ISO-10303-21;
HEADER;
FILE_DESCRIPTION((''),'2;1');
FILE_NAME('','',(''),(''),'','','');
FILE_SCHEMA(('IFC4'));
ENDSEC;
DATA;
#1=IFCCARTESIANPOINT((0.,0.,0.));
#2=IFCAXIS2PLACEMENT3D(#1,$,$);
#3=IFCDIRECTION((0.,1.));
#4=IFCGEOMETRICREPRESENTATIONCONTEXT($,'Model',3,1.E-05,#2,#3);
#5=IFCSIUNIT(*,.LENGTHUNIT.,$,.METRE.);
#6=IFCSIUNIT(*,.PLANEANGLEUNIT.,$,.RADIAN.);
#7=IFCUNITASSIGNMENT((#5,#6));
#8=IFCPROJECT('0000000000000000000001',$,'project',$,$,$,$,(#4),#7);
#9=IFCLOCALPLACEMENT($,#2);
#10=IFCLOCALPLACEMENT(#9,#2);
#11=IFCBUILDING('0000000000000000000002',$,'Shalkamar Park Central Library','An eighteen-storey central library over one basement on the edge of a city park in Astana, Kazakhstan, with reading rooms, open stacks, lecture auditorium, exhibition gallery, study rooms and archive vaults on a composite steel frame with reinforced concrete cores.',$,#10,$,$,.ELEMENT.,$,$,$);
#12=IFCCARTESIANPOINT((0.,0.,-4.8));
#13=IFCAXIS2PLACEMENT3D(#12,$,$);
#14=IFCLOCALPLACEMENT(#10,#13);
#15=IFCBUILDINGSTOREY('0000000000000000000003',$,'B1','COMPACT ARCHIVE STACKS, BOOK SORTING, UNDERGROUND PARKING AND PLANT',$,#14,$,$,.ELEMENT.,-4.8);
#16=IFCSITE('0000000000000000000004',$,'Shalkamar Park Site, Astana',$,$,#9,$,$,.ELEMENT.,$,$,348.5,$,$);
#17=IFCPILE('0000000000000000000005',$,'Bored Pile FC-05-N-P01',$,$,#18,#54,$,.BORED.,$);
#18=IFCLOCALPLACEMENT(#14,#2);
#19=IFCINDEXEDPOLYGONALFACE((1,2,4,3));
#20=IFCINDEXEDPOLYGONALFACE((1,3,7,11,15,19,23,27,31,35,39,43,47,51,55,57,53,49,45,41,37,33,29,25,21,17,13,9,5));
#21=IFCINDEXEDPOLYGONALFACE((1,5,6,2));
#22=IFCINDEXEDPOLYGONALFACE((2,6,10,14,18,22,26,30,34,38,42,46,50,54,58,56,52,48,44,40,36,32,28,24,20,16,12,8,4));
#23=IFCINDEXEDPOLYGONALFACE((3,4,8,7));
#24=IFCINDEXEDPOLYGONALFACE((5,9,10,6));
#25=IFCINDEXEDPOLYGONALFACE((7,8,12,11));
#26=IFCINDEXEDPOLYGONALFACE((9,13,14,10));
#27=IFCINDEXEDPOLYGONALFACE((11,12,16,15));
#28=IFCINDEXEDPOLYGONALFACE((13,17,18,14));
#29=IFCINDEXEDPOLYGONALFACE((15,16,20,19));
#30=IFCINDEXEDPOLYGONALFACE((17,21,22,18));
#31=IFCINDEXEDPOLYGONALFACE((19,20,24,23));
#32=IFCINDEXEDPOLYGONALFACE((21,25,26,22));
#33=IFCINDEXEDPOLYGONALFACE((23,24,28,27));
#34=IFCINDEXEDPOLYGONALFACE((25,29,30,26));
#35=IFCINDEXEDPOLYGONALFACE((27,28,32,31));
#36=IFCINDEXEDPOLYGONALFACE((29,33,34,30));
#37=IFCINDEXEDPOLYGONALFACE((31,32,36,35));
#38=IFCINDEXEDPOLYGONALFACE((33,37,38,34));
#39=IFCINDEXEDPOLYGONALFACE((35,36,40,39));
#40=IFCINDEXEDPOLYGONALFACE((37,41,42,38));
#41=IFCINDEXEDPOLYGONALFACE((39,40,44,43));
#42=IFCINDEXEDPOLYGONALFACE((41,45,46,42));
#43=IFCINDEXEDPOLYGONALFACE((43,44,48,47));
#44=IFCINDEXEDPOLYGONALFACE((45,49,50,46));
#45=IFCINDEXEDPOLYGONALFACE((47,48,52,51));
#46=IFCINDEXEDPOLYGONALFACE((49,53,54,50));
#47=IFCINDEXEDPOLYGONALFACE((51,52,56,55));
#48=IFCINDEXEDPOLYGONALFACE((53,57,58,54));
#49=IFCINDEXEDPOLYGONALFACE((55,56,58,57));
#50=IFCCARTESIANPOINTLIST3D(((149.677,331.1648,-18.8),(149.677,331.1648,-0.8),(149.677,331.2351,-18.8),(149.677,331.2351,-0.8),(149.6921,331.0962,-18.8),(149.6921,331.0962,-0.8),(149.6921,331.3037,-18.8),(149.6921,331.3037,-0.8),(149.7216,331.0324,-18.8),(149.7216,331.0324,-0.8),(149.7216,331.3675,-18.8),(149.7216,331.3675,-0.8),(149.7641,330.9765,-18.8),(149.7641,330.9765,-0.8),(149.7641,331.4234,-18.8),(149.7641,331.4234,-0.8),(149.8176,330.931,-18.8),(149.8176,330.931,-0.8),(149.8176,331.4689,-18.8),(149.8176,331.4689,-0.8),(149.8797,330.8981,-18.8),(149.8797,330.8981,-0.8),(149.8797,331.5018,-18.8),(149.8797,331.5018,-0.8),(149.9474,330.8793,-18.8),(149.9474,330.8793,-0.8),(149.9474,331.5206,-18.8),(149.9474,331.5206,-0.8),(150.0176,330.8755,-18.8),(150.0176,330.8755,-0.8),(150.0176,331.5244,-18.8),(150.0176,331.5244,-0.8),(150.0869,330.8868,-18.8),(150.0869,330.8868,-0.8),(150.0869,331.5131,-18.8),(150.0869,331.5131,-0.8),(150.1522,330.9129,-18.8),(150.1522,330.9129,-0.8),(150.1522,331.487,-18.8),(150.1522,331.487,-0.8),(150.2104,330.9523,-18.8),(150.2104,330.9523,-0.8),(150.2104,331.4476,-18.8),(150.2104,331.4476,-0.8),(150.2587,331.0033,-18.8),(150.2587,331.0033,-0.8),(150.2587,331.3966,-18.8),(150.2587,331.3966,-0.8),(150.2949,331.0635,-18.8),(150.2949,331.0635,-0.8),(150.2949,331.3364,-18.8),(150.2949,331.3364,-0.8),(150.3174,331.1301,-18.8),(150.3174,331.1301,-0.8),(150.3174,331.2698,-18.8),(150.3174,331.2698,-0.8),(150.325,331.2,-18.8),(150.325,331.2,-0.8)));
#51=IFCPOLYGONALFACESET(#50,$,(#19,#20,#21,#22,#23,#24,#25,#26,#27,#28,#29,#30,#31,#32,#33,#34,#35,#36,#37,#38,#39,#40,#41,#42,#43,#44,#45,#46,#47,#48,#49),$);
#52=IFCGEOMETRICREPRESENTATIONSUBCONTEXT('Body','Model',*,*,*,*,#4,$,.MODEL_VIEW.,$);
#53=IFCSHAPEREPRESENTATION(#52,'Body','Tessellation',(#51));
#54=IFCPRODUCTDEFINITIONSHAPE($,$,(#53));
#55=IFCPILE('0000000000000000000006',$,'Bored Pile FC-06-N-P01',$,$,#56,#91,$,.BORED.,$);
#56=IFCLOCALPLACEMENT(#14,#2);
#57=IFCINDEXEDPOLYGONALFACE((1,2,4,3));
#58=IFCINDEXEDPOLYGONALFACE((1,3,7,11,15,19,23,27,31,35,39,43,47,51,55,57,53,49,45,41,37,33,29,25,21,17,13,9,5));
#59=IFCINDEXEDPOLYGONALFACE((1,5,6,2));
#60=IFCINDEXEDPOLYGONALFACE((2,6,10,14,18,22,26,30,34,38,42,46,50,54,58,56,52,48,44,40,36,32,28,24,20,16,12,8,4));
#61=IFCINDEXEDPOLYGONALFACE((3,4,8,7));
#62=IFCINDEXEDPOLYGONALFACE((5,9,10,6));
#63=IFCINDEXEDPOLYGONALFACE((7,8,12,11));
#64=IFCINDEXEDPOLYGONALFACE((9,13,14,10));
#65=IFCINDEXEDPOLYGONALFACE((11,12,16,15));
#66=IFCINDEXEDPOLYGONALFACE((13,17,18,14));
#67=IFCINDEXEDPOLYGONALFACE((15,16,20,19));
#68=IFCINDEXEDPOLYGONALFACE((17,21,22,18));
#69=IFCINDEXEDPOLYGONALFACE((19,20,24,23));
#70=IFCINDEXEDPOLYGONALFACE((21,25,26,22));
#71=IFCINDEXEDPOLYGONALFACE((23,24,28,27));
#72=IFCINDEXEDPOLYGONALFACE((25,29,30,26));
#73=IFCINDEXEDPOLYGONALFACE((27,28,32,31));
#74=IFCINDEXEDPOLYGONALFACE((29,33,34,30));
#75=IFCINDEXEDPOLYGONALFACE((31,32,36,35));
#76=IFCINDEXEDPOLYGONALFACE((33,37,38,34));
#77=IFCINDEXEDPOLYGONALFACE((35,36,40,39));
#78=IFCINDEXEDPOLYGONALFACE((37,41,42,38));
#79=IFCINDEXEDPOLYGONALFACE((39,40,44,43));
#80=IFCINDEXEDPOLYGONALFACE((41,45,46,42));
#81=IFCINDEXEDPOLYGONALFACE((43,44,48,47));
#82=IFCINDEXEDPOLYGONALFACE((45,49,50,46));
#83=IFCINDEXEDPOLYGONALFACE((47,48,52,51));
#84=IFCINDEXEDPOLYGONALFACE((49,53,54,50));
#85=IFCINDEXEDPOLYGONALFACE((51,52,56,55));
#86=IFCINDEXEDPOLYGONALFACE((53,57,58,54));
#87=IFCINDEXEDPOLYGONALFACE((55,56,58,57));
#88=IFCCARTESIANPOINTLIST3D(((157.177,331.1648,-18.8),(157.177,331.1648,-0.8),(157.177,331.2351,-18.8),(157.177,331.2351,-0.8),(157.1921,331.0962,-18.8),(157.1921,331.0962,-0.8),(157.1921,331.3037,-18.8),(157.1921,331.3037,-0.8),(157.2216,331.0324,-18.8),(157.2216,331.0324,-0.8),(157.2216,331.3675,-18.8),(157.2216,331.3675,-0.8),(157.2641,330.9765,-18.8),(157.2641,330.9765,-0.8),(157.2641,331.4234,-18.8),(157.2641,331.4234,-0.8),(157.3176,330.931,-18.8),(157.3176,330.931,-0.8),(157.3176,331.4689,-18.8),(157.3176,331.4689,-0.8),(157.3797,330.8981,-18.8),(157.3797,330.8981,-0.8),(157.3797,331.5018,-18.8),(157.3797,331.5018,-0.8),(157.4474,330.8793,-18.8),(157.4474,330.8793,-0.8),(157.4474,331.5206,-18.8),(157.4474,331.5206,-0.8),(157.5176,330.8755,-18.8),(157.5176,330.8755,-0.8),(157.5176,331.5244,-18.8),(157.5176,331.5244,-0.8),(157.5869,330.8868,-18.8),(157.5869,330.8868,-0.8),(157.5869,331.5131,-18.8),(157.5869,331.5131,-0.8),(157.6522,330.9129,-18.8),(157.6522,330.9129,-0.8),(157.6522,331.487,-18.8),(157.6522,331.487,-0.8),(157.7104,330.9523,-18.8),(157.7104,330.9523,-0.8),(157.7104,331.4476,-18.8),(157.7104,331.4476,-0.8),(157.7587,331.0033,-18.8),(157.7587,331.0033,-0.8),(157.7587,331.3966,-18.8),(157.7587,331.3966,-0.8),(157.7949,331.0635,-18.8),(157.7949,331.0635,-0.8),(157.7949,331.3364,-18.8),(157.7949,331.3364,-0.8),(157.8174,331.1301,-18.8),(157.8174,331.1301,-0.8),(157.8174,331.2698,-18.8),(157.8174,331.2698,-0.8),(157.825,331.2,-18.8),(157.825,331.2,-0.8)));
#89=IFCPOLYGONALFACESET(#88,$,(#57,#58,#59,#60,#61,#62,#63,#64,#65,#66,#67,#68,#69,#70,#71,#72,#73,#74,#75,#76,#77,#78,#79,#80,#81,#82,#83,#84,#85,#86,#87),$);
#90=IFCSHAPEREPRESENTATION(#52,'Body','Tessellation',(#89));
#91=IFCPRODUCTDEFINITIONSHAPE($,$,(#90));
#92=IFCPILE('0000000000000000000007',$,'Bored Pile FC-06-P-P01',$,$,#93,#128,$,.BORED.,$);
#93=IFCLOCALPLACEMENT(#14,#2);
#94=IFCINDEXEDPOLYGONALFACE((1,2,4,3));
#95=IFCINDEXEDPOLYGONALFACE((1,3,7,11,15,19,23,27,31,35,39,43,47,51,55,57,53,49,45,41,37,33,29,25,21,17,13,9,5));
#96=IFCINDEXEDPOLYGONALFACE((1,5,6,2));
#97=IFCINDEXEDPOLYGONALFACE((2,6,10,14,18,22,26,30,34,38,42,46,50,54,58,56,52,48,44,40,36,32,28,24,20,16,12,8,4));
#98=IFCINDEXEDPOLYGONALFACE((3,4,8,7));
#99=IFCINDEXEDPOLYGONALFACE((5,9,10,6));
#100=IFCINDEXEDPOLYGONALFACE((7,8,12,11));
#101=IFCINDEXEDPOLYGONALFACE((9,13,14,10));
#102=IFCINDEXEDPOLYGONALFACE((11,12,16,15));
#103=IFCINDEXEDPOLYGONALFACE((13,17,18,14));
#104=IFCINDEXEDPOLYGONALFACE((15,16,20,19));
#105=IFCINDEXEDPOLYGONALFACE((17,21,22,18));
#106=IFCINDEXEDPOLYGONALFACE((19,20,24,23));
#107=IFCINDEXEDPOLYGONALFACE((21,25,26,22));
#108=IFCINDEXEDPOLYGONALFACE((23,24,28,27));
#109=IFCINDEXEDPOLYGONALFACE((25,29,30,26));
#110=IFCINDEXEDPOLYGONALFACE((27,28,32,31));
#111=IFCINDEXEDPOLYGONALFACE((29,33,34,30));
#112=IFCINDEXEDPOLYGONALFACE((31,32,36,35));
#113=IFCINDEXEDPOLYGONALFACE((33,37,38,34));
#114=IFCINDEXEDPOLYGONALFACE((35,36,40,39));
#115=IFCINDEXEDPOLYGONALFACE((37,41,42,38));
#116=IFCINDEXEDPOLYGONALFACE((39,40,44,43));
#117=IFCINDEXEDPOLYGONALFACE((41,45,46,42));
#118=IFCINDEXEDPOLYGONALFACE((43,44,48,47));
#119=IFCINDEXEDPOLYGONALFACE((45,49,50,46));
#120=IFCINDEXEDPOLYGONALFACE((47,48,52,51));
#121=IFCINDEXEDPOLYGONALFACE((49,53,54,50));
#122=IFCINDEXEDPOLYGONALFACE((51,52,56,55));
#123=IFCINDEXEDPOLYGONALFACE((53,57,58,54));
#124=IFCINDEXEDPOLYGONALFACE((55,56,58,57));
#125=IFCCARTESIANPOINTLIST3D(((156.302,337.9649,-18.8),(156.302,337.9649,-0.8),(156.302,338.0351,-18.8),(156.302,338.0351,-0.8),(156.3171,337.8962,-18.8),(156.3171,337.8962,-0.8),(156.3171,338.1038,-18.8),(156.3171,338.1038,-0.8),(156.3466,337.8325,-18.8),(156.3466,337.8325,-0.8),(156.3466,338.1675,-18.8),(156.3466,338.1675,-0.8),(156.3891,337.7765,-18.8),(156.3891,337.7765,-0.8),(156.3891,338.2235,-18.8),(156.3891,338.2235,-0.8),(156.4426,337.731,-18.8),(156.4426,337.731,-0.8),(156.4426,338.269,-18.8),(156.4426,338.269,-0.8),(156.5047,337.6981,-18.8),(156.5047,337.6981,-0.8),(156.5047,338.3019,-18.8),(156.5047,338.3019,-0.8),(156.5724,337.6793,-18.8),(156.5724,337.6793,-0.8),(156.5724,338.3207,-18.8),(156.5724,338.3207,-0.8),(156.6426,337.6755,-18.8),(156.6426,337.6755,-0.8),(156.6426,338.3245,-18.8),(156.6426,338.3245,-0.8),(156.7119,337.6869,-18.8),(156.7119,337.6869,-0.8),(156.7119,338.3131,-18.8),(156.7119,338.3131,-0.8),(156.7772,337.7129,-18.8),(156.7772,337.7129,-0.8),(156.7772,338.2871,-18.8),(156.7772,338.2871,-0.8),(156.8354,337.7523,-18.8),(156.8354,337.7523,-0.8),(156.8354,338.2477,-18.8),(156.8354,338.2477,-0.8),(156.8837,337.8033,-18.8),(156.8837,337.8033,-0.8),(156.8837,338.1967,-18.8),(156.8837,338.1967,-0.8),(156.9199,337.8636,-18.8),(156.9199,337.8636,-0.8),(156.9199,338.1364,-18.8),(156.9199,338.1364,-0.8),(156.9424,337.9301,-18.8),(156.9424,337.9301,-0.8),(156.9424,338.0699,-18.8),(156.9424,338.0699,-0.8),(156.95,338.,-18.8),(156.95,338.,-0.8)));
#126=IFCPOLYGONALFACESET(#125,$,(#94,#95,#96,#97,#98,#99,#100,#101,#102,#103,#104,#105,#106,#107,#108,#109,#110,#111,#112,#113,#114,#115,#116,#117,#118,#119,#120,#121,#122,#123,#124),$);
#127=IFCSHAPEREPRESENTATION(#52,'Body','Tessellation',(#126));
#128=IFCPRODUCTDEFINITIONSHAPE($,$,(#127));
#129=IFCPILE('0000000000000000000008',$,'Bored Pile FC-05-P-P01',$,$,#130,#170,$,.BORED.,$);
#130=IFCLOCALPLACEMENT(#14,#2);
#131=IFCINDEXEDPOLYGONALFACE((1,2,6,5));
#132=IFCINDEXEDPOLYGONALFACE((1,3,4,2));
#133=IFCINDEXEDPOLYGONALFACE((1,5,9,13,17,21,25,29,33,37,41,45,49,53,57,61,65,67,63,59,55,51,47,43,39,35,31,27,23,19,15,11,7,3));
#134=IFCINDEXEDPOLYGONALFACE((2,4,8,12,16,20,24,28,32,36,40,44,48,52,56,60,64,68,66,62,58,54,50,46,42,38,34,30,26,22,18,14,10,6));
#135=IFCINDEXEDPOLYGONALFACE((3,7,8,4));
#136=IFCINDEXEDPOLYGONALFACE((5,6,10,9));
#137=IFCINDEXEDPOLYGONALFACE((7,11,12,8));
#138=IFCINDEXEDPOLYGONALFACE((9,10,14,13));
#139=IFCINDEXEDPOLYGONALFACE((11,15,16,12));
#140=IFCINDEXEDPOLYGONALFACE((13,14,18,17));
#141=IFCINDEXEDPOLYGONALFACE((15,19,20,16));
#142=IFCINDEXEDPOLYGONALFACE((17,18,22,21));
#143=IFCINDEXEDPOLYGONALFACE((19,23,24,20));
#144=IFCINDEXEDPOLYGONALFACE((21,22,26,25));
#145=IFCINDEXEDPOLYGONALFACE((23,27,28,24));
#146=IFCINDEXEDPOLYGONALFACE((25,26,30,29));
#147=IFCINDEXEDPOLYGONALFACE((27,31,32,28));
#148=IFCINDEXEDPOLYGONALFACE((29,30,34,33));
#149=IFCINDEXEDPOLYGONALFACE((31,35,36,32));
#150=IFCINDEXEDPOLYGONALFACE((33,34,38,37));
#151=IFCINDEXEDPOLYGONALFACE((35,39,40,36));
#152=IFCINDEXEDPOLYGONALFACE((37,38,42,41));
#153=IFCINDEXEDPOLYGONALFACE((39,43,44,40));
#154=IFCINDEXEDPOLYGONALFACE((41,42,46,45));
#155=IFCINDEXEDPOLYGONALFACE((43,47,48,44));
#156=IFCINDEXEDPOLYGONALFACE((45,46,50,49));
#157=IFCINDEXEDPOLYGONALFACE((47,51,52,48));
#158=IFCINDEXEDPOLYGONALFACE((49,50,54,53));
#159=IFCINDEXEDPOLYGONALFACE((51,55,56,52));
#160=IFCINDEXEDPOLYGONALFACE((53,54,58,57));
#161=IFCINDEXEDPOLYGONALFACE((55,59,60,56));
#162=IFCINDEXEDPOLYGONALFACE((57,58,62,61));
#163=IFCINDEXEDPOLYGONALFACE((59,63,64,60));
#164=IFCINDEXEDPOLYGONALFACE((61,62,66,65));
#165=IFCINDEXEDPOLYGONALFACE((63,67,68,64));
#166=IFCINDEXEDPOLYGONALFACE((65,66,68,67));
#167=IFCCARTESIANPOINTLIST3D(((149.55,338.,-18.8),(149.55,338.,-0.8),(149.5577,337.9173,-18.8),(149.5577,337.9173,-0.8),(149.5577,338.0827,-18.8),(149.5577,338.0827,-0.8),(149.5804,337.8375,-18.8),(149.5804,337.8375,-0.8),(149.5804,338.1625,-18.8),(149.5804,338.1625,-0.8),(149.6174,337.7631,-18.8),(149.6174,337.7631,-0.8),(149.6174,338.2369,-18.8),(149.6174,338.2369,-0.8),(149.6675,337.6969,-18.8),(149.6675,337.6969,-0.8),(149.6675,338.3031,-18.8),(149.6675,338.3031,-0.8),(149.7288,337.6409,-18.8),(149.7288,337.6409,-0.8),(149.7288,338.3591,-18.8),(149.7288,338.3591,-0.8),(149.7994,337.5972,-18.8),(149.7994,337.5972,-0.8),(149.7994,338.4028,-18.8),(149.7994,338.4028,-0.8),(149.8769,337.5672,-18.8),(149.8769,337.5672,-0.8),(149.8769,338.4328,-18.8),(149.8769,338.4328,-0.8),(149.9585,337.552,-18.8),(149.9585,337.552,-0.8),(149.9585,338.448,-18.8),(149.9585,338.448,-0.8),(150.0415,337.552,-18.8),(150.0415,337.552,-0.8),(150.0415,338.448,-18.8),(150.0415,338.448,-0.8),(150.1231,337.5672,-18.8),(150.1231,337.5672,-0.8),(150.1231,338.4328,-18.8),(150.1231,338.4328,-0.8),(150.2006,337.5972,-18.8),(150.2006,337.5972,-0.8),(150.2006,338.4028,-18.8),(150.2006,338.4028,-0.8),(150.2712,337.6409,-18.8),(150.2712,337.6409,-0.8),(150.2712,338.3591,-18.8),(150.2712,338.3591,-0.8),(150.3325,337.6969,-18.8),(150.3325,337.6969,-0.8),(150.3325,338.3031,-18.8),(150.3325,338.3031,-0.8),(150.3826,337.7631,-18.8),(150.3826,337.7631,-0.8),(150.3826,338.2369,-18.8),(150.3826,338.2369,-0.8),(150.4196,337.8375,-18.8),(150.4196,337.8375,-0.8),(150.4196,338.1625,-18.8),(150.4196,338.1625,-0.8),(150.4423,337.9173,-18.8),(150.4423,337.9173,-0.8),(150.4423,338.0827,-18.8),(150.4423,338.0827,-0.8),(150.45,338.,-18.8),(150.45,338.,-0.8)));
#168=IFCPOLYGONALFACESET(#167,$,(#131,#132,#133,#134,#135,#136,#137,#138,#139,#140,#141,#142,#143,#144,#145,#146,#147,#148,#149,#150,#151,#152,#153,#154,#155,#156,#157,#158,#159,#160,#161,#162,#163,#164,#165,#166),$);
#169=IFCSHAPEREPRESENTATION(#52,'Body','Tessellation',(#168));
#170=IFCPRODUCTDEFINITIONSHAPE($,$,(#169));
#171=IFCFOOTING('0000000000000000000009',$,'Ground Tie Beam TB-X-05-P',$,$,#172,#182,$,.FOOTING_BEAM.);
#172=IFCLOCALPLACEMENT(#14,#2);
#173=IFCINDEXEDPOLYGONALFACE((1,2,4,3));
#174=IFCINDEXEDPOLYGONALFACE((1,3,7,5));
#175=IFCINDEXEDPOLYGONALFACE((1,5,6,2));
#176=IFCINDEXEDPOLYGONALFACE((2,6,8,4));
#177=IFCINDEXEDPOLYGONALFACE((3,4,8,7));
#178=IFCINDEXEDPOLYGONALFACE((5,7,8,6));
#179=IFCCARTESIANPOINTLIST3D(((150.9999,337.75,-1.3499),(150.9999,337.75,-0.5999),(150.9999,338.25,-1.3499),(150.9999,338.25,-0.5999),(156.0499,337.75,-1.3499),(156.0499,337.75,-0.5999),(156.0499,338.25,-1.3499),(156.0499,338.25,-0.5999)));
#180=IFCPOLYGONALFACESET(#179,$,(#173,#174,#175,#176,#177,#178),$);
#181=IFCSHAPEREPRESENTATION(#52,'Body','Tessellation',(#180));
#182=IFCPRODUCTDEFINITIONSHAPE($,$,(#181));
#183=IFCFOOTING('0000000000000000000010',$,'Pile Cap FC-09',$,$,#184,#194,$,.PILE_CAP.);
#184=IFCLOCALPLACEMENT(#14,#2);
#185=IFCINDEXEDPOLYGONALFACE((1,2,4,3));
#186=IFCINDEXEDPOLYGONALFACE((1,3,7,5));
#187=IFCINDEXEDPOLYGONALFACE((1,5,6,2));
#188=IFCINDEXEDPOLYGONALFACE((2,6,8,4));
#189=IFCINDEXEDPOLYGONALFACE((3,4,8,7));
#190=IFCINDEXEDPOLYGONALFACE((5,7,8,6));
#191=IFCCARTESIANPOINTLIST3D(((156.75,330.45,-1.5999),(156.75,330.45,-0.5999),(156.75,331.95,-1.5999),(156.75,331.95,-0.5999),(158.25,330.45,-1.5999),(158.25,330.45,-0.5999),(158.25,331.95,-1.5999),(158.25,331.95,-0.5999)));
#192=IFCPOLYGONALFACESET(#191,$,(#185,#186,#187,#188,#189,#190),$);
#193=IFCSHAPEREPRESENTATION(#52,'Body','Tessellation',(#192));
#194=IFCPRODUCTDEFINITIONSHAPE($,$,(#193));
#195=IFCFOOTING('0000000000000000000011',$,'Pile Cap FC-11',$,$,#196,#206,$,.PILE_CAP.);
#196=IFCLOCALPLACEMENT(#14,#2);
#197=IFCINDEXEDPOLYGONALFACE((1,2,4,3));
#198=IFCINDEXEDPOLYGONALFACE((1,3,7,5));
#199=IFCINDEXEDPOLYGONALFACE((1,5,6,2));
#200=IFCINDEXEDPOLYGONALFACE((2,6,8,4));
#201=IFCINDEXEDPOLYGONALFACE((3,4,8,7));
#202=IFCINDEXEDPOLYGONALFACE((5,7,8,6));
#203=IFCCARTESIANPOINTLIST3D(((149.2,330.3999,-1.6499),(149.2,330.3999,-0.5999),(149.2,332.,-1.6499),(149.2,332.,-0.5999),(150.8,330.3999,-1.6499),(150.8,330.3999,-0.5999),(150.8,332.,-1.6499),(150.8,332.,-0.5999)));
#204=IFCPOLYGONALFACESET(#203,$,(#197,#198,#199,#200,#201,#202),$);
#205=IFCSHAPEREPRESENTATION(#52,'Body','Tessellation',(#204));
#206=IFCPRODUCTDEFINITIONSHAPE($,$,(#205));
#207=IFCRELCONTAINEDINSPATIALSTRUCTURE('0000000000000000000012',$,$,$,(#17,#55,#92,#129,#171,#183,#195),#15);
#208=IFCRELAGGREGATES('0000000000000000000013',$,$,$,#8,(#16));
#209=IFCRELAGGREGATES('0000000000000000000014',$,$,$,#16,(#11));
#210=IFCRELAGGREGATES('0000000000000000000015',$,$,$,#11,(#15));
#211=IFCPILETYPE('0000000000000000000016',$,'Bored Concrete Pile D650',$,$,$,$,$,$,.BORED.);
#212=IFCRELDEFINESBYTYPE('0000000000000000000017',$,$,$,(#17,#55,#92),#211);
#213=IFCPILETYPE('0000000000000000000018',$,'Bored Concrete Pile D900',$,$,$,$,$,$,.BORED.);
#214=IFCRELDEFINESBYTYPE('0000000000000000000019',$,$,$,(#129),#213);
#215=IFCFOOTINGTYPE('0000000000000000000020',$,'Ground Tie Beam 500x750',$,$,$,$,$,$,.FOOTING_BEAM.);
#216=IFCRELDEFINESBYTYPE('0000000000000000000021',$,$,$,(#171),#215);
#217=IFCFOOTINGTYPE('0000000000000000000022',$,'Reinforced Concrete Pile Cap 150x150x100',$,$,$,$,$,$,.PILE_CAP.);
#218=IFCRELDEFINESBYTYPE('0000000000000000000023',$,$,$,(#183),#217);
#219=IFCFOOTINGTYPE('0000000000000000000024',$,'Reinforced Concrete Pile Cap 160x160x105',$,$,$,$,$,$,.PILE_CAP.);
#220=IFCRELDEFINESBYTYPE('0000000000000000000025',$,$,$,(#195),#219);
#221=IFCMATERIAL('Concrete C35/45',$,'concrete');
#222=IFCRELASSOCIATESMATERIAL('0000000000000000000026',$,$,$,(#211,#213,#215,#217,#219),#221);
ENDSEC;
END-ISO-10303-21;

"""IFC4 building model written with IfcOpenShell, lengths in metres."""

from ifc_helpers import new_model, si_unit, direction, frame, origin, origin_2d, place, context, subcontext, project, spatial, rectangle, circle, extrude, material, material_profile, profile_set, type_object, element, save


model = new_model("IFC4")

# Units and contexts
model_context = context("Model", 3, precision=1e-05, world=origin(), true_north=direction((0.0, 1.0)))
body_context = subcontext(model_context, "Body", "Model", "MODEL_VIEW")
ifc_project = project(units=[si_unit("LENGTHUNIT", "METRE"), si_unit("PLANEANGLEUNIT", "RADIAN")], contexts=[model_context])

# Site, building, storey
site_placement = place(None, origin())
site = spatial("IfcSite", under=ifc_project, at=site_placement, Name="Shalkamar Park Site, Astana", CompositionType="ELEMENT", RefElevation=348.5)
building_placement = place(site_placement, origin())
building = spatial("IfcBuilding", under=site, at=building_placement, Name="Shalkamar Park Central Library", Description="An eighteen-storey central library over one basement on the edge of a city park in Astana, Kazakhstan, with reading rooms, open stacks, lecture auditorium, exhibition gallery, study rooms and archive vaults on a composite steel frame with reinforced concrete cores.", CompositionType="ELEMENT")
storey_placement = place(building_placement, frame((0.0, 0.0, -4.8)))
storey = spatial("IfcBuildingStorey", under=building, at=storey_placement, Name="B1", Description="COMPACT ARCHIVE STACKS, BOOK SORTING, UNDERGROUND PARKING AND PLANT", CompositionType="ELEMENT", Elevation=-4.8)

# Piles
ifc_material_1 = material(Name="Concrete C35/45", Category="concrete")
ifc_material_profile_1 = material_profile(ifc_material_1, circle(Radius=0.325, at=origin_2d()), Name="PILE D650")
ifc_profile_set_1 = profile_set([ifc_material_profile_1], Name="Concrete C35/45")
pile_type_1 = type_object("IfcPileType", Name="Bored Concrete Pile D650", PredefinedType="BORED", material=ifc_profile_set_1)
for number, where, z_axis, x_axis, name in (
    (1, (150.0, 331.2, -0.8), (0.0, 0.0, -1.0), (1.0, 0.0, 0.0), "Bored Pile FC-05-N-P01"),
    (2, (157.5, 331.2, -0.8), (0.0, 0.0, -1.0), (1.0, 0.0, 0.0), "Bored Pile FC-06-N-P01"),
    (3, (156.625, 338.0, -0.8), (0.0, 0.0, -1.0), (1.0, 0.0, 0.0), "Bored Pile FC-06-P-P01"),
):
    element("IfcPile", number, at=place(storey_placement, frame(where, z_axis=z_axis, x_axis=x_axis)), inside=storey, type_object=pile_type_1, Name=name, PredefinedType="BORED", context=body_context, shape_type="SweptSolid", body=[
        extrude(circle(Radius=0.325, at=origin_2d()), origin(), (0.0, 0.0, 1.0), 18.0),
    ])
ifc_material_profile_2 = material_profile(ifc_material_1, circle(Radius=0.45, at=origin_2d()), Name="PILE D900")
ifc_profile_set_2 = profile_set([ifc_material_profile_2], Name="Concrete C35/45")
pile_type_2 = type_object("IfcPileType", Name="Bored Concrete Pile D900", PredefinedType="BORED", material=ifc_profile_set_2)
pile_placement = place(storey_placement, frame((150.0, 338.0, -0.8), z_axis=(0.0, 0.0, -1.0), x_axis=(1.0, 0.0, 0.0)))
element("IfcPile", 4, at=pile_placement, inside=storey, type_object=pile_type_2, Name="Bored Pile FC-05-P-P01", PredefinedType="BORED", context=body_context, shape_type="SweptSolid", body=[
    extrude(circle(Radius=0.45, at=origin_2d()), origin(), (0.0, 0.0, 1.0), 18.0),
])

# Footings
footing_type_1 = type_object("IfcFootingType", Name="Ground Tie Beam 500x750", PredefinedType="FOOTING_BEAM", material=ifc_material_1)
footing_1_placement = place(storey_placement, frame((153.5249, 338.0, -1.3499), z_axis=(0.0, 0.0, 1.0), x_axis=(1.0, 0.0, 0.0)))
element("IfcFooting", 5, at=footing_1_placement, inside=storey, type_object=footing_type_1, Name="Ground Tie Beam TB-X-05-P", PredefinedType="FOOTING_BEAM", context=body_context, shape_type="SweptSolid", body=[
    extrude(rectangle(XDim=5.05, YDim=0.5, at=origin_2d()), origin(), (0.0, 0.0, 1.0), 0.75),
])
footing_type_2 = type_object("IfcFootingType", Name="Reinforced Concrete Pile Cap 150x150x100", PredefinedType="PILE_CAP", material=ifc_material_1)
footing_2_placement = place(storey_placement, frame((157.5, 331.2, -1.5999), z_axis=(0.0, 0.0, 1.0), x_axis=(1.0, 0.0, 0.0)))
element("IfcFooting", 6, at=footing_2_placement, inside=storey, type_object=footing_type_2, Name="Pile Cap FC-09", PredefinedType="PILE_CAP", context=body_context, shape_type="SweptSolid", body=[
    extrude(rectangle(XDim=1.5, YDim=1.5, at=origin_2d()), origin(), (0.0, 0.0, 1.0), 1.0),
])
footing_type_3 = type_object("IfcFootingType", Name="Reinforced Concrete Pile Cap 160x160x105", PredefinedType="PILE_CAP", material=ifc_material_1)
footing_3_placement = place(storey_placement, frame((150.0, 331.2, -1.6499), z_axis=(0.0, 0.0, 1.0), x_axis=(1.0, 0.0, 0.0)))
element("IfcFooting", 7, at=footing_3_placement, inside=storey, type_object=footing_type_3, Name="Pile Cap FC-11", PredefinedType="PILE_CAP", context=body_context, shape_type="SweptSolid", body=[
    extrude(rectangle(XDim=1.6001, YDim=1.6001, at=origin_2d()), origin(), (0.0, 0.0, 1.0), 1.05),
])

save(model, "model.ifc")
